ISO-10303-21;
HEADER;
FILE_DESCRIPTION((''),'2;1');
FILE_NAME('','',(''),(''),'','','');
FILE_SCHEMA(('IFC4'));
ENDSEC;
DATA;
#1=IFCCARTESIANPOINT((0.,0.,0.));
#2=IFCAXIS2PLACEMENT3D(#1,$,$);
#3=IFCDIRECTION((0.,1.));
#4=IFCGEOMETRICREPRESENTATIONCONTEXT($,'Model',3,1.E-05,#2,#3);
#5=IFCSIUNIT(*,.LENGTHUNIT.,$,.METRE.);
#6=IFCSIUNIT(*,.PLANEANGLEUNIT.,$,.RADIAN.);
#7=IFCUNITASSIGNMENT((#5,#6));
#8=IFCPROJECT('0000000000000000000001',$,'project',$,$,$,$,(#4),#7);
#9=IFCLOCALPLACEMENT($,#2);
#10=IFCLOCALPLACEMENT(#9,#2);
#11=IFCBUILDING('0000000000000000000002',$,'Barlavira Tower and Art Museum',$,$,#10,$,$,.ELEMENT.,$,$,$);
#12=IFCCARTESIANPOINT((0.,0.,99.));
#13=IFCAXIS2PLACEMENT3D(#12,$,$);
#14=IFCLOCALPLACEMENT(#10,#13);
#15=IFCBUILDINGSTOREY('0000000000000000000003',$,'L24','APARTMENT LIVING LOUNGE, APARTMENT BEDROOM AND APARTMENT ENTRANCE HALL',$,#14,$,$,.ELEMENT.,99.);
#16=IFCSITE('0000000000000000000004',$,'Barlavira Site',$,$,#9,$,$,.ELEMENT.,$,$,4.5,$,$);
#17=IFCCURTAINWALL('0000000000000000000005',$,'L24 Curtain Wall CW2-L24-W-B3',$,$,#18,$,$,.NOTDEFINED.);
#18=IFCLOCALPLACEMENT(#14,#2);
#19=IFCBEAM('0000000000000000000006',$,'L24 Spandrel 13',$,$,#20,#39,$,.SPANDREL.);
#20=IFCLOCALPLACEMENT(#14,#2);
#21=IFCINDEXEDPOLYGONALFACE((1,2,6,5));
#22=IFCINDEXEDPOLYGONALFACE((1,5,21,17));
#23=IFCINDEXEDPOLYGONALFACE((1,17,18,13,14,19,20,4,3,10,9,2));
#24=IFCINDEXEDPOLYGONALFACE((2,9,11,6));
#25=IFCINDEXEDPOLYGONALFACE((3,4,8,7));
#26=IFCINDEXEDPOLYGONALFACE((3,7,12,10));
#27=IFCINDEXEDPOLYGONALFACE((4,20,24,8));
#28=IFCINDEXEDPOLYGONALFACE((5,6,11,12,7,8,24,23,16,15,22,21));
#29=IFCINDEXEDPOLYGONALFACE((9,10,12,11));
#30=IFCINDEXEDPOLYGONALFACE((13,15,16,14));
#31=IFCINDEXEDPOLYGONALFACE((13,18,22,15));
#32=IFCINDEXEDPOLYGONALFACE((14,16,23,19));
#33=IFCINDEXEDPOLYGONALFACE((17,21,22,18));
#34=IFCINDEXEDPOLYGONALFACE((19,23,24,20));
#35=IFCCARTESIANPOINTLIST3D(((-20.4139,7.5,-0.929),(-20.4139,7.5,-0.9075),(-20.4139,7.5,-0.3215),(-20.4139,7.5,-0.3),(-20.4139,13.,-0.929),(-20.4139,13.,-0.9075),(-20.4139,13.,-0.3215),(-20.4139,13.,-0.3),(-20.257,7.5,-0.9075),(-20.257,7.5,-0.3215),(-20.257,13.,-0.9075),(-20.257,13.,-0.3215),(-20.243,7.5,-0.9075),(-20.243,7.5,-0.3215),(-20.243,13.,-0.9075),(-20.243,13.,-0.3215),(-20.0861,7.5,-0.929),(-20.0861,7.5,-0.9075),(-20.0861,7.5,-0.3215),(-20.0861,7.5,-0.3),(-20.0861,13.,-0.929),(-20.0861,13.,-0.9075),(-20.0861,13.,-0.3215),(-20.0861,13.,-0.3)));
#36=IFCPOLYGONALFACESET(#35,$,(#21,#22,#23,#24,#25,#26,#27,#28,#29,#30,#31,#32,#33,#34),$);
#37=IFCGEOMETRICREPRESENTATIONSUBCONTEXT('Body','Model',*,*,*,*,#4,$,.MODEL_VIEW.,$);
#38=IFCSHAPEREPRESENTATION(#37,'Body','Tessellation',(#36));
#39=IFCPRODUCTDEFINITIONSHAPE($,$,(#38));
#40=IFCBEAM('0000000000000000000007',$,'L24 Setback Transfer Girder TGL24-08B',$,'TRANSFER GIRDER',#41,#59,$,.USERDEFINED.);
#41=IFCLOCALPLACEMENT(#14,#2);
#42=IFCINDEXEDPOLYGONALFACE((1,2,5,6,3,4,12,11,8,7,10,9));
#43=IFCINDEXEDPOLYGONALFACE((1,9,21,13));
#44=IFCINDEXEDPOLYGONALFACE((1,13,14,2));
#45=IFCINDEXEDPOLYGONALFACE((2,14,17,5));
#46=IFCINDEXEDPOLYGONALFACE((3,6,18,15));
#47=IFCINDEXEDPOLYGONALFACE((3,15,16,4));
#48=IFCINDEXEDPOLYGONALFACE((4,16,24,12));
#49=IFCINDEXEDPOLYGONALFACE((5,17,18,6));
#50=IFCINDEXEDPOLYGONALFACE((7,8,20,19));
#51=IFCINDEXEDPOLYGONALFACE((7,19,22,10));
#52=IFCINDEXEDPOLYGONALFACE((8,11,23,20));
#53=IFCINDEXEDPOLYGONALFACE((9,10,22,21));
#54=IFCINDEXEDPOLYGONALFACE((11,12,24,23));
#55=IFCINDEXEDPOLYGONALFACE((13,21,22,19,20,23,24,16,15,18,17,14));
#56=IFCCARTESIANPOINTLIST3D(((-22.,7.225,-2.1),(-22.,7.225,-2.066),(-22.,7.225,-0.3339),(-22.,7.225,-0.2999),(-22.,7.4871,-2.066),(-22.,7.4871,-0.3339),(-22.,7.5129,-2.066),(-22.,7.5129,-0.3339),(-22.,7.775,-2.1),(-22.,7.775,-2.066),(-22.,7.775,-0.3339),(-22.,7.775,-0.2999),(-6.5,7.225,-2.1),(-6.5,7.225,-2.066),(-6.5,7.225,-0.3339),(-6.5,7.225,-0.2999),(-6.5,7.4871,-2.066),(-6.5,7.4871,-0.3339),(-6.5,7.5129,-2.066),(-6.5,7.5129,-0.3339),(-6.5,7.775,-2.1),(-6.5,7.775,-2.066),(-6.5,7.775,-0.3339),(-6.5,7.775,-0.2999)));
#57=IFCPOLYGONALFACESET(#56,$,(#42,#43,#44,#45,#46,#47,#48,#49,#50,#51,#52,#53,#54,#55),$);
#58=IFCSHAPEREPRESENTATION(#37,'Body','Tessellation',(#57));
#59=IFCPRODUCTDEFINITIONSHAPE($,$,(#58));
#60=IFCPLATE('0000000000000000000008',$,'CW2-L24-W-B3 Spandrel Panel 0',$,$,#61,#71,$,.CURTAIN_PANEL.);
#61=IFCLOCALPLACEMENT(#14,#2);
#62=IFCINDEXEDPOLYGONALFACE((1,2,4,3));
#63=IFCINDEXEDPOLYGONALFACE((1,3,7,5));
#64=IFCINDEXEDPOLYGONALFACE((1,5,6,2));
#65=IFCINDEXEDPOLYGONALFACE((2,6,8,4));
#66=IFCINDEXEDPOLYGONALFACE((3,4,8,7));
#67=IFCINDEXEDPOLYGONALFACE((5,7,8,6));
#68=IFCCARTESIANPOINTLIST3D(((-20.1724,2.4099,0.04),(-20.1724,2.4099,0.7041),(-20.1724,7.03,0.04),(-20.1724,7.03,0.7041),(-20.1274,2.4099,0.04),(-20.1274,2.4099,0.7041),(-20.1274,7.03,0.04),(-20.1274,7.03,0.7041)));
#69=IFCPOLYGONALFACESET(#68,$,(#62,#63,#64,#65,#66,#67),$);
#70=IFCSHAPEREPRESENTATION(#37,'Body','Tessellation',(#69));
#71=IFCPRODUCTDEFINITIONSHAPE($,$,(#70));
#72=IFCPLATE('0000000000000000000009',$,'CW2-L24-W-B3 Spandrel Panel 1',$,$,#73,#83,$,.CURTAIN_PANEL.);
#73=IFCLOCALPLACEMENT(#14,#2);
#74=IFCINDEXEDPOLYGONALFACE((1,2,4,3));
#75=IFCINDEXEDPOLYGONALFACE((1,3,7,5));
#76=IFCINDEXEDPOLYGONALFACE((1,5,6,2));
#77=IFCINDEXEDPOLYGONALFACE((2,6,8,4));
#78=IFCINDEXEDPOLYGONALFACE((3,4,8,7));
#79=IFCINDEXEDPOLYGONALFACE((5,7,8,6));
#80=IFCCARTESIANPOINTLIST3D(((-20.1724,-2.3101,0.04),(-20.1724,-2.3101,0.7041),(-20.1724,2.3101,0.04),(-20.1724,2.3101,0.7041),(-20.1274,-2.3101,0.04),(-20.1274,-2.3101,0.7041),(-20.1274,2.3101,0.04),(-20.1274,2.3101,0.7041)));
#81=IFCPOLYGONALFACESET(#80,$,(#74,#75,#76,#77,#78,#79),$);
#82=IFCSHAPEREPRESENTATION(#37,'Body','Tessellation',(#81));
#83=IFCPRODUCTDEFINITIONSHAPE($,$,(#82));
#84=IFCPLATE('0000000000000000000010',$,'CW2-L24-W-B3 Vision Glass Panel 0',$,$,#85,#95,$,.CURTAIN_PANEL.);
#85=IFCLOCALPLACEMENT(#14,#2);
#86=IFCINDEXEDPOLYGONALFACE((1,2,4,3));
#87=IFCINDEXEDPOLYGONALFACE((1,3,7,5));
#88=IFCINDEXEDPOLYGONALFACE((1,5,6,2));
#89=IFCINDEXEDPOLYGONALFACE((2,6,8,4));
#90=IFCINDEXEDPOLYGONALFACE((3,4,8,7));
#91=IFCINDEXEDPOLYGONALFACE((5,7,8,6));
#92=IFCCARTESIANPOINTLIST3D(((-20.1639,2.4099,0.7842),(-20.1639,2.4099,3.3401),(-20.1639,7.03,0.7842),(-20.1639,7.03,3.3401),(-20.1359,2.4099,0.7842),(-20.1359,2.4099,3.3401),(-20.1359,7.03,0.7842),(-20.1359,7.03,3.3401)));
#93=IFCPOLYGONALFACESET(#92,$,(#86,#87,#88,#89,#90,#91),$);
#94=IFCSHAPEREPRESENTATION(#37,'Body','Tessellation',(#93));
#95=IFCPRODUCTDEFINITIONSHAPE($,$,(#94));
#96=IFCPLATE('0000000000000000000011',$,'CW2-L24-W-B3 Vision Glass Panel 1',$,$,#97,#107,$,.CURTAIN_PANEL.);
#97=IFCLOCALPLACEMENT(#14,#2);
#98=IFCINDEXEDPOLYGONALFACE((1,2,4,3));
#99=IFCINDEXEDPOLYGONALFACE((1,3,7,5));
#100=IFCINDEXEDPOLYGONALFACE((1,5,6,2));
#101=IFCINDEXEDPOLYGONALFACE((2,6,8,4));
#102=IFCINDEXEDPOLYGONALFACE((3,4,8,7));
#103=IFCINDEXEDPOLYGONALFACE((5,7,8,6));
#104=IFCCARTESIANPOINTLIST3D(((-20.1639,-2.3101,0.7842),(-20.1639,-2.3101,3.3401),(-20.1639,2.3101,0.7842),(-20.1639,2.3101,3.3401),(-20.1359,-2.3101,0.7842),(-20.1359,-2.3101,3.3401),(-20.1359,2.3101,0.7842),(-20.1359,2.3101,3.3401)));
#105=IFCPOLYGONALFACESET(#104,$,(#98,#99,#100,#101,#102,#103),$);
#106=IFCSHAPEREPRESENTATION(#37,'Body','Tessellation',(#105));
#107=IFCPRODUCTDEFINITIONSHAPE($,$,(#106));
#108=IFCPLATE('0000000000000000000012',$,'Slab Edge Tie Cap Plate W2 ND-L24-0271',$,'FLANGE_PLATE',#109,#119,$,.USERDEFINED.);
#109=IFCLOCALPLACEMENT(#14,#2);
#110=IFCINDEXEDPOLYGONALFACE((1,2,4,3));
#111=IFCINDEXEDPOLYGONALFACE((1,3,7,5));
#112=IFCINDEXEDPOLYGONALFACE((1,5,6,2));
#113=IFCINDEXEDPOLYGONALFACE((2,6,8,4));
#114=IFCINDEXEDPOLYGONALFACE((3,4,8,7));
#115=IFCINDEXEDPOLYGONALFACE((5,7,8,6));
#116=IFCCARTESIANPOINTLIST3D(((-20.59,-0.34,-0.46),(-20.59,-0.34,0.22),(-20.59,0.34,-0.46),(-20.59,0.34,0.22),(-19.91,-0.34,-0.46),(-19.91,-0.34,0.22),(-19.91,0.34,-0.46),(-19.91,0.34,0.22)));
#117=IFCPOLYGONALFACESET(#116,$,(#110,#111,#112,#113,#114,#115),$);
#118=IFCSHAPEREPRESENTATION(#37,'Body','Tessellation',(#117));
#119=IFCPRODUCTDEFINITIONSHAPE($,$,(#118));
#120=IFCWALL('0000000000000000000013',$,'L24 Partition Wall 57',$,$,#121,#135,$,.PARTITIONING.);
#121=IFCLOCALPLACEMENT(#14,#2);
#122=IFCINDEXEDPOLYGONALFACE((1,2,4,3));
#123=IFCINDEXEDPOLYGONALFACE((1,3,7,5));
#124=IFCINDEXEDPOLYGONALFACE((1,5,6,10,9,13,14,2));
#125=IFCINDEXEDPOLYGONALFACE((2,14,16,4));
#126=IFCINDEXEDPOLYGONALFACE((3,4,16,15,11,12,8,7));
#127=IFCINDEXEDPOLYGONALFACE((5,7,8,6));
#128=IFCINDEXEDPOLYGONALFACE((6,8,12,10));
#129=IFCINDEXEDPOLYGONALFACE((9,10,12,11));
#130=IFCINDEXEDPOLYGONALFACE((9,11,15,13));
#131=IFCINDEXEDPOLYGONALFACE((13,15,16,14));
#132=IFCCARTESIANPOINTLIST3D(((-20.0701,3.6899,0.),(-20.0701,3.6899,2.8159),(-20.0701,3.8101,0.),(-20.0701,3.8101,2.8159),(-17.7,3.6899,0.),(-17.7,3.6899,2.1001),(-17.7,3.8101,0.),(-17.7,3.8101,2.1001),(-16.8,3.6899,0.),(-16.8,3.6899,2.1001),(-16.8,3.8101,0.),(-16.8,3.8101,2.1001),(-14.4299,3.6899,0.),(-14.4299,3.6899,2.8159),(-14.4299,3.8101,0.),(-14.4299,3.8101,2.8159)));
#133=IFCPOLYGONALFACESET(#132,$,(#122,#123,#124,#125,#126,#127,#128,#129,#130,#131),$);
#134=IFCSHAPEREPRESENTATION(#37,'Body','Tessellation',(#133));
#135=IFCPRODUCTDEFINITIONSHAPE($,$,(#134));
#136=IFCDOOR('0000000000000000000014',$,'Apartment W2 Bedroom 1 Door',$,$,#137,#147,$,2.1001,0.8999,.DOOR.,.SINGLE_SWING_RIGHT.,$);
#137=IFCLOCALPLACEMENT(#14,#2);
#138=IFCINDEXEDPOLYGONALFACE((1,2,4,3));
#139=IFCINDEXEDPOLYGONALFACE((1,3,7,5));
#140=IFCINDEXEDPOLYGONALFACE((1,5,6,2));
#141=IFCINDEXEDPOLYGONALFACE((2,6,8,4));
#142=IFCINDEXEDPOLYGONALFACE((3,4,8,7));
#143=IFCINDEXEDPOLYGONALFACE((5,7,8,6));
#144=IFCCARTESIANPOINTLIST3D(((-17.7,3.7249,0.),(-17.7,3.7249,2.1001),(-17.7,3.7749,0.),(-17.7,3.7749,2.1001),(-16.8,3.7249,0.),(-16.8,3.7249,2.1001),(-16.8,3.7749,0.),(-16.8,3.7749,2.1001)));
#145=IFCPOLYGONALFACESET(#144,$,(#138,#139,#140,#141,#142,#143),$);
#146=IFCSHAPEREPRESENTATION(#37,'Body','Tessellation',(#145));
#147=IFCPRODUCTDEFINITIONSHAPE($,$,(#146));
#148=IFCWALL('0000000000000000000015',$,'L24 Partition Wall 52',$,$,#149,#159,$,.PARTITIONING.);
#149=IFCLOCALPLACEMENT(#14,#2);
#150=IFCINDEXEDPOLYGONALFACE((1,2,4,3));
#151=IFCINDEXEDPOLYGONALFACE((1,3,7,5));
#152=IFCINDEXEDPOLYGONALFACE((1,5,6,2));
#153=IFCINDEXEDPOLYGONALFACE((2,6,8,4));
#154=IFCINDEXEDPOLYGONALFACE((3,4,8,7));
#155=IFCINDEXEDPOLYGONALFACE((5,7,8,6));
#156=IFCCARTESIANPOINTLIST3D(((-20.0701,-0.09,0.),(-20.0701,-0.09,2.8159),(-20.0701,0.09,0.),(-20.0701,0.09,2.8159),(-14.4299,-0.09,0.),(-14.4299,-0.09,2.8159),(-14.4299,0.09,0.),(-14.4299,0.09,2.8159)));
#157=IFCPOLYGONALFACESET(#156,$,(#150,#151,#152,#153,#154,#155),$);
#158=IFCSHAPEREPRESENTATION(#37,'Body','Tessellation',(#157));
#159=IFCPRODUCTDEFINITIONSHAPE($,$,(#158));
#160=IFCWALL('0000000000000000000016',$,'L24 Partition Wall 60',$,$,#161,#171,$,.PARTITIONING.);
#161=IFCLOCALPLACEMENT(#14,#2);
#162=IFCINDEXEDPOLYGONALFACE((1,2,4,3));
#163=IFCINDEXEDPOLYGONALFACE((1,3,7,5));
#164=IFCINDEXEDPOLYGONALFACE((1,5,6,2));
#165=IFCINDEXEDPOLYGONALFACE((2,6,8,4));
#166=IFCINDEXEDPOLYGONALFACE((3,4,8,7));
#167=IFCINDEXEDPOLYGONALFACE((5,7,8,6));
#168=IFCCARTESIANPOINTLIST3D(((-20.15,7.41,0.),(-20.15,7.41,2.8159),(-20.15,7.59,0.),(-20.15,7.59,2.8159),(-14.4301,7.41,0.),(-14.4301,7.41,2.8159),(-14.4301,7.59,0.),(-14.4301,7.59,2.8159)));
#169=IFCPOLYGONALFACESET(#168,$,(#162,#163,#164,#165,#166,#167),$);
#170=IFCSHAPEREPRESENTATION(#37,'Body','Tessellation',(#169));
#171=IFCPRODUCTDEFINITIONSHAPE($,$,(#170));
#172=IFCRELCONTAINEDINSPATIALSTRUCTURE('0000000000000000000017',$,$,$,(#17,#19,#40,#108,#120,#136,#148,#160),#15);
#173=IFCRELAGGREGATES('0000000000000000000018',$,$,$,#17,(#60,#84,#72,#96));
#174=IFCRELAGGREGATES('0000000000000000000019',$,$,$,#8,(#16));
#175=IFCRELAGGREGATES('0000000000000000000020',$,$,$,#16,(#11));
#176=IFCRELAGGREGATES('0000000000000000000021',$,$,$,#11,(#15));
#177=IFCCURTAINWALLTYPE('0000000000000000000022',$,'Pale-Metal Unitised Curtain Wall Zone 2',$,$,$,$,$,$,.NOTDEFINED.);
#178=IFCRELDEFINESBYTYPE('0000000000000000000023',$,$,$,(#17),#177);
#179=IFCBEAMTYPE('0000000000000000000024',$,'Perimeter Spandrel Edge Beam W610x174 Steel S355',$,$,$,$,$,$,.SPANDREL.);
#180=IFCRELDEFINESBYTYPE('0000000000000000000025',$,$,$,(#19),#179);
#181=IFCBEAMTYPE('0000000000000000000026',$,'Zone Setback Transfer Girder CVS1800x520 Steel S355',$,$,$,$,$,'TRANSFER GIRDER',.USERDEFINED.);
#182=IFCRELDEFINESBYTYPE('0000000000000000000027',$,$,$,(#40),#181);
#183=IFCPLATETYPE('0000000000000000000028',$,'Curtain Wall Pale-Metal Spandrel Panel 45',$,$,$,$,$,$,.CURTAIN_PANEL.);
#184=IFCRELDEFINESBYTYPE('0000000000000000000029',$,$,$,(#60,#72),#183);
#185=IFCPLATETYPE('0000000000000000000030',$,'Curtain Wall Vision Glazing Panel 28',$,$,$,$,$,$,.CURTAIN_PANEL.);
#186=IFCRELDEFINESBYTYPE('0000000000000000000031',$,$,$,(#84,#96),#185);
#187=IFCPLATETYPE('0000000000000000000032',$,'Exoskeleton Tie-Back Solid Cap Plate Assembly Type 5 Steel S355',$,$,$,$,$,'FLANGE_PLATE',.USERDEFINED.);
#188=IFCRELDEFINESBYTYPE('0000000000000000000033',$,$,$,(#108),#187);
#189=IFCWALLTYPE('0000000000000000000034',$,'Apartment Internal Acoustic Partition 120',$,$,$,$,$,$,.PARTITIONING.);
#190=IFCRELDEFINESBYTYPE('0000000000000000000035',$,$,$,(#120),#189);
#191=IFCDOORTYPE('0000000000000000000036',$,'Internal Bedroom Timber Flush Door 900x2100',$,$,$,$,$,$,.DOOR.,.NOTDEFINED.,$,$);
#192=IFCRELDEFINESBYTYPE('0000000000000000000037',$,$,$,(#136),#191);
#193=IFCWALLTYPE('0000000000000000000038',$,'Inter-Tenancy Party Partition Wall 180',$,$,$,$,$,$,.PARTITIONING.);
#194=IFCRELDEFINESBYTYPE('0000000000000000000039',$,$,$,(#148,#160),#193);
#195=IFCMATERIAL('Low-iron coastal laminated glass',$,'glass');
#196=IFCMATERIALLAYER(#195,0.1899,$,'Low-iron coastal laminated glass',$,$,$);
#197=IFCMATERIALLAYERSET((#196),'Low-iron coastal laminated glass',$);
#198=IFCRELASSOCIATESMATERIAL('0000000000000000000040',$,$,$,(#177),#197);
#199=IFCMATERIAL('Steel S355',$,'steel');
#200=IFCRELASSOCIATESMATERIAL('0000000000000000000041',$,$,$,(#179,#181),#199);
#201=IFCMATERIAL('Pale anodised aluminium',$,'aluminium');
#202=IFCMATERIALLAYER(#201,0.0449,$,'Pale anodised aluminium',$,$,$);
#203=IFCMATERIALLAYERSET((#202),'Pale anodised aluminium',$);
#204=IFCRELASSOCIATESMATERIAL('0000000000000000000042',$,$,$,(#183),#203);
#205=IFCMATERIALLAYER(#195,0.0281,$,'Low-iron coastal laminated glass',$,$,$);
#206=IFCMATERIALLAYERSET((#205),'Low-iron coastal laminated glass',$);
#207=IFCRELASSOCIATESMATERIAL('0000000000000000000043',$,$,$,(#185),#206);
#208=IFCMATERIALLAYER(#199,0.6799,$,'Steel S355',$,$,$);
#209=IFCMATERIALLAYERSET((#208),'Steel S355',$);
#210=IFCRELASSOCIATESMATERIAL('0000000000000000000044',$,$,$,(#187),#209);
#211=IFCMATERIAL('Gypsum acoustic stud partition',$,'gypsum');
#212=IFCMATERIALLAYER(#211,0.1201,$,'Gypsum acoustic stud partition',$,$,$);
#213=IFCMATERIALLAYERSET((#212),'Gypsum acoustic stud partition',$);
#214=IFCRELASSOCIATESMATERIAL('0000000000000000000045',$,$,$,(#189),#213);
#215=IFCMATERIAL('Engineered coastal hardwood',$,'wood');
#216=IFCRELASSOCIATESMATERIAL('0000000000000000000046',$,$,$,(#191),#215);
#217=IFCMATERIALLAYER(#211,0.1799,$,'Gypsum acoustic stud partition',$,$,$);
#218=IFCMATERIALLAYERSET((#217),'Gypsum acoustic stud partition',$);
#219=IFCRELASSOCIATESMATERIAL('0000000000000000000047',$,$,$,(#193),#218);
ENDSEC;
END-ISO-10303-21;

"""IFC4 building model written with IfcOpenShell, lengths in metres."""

from ifc_helpers import new_model, si_unit, direction, frame, frame_2d, origin, origin_2d, place, context, subcontext, project, spatial, rectangle, i_section, extrude, material, layer, layer_set, material_profile, profile_set, type_object, element, fill, aggregate, save


model = new_model("IFC4")

# Units and contexts
model_context = context("Model", 3, precision=1e-05, world=origin(), true_north=direction((0.0, 1.0)))
body_context = subcontext(model_context, "Body", "Model", "MODEL_VIEW")
ifc_project = project(units=[si_unit("LENGTHUNIT", "METRE"), si_unit("PLANEANGLEUNIT", "RADIAN")], contexts=[model_context])

# Site, building, storey
site_placement = place(None, origin())
site = spatial("IfcSite", under=ifc_project, at=site_placement, Name="Barlavira Site", CompositionType="ELEMENT", RefElevation=4.5)
building_placement = place(site_placement, origin())
building = spatial("IfcBuilding", under=site, at=building_placement, Name="Barlavira Tower and Art Museum", CompositionType="ELEMENT")
storey_placement = place(building_placement, frame((0.0, 0.0, 99.0)))
storey = spatial("IfcBuildingStorey", under=building, at=storey_placement, Name="L24", Description="APARTMENT LIVING LOUNGE, APARTMENT BEDROOM AND APARTMENT ENTRANCE HALL", CompositionType="ELEMENT", Elevation=99.0)

# Curtain wall
ifc_material_1 = material(Name="Low-iron coastal laminated glass", Category="glass")
ifc_layer_1 = layer(ifc_material_1, 0.1899, Name="Low-iron coastal laminated glass")
ifc_layer_set_1 = layer_set([ifc_layer_1], Name="Low-iron coastal laminated glass")
curtain_wall_type = type_object("IfcCurtainWallType", Name="Pale-Metal Unitised Curtain Wall Zone 2", PredefinedType="NOTDEFINED", material=ifc_layer_set_1)
curtain_wall_placement = place(storey_placement, origin())
curtain_wall = element("IfcCurtainWall", 1, at=curtain_wall_placement, inside=storey, type_object=curtain_wall_type, Name="L24 Curtain Wall CW2-L24-W-B3", PredefinedType="NOTDEFINED")
ifc_material_2 = material(Name="Pale anodised aluminium", Category="aluminium")

# Shared definitions
ifc_material_3 = material(Name="Steel S355", Category="steel")

# Beams
ifc_material_profile_1 = material_profile(ifc_material_3, i_section(OverallWidth=0.3279, OverallDepth=0.6289, WebThickness=0.0139, FlangeThickness=0.0215, at=origin_2d()), Name="W610x174.0")
ifc_profile_set_1 = profile_set([ifc_material_profile_1], Name="Steel S355")
beam_type_1 = type_object("IfcBeamType", Name="Perimeter Spandrel Edge Beam W610x174 Steel S355", PredefinedType="SPANDREL", material=ifc_profile_set_1)
beam_1_placement = place(storey_placement, frame((-20.25, 7.5, -0.6145), z_axis=(0.0, 1.0, 0.0), x_axis=(-1.0, 0.0, 0.0)))
element("IfcBeam", 2, at=beam_1_placement, inside=storey, type_object=beam_type_1, Name="L24 Spandrel 13", PredefinedType="SPANDREL", context=body_context, shape_type="SweptSolid", body=[
    extrude(i_section(OverallWidth=0.3279, OverallDepth=0.6289, WebThickness=0.0139, FlangeThickness=0.0215, at=origin_2d()), origin(), (0.0, 0.0, 1.0), 5.5),
])
ifc_material_profile_2 = material_profile(ifc_material_3, i_section(OverallWidth=0.55, OverallDepth=1.8, WebThickness=0.0259, FlangeThickness=0.0339, at=origin_2d()), Name="CVS1800x520")
ifc_profile_set_2 = profile_set([ifc_material_profile_2], Name="Steel S355")
beam_type_2 = type_object("IfcBeamType", Name="Zone Setback Transfer Girder CVS1800x520 Steel S355", ElementType="TRANSFER GIRDER", PredefinedType="USERDEFINED", material=ifc_profile_set_2)
beam_2_placement = place(storey_placement, frame((-22.0, 7.5, -1.2), z_axis=(1.0, 0.0, 0.0), x_axis=(0.0, 1.0, 0.0)))
element("IfcBeam", 3, at=beam_2_placement, inside=storey, type_object=beam_type_2, Name="L24 Setback Transfer Girder TGL24-08B", ObjectType="TRANSFER GIRDER", PredefinedType="USERDEFINED", context=body_context, shape_type="SweptSolid", body=[
    extrude(i_section(OverallWidth=0.55, OverallDepth=1.8, WebThickness=0.0259, FlangeThickness=0.0339, at=origin_2d()), origin(), (0.0, 0.0, 1.0), 15.5),
])

# Plates
ifc_layer_2 = layer(ifc_material_2, 0.0449, Name="Pale anodised aluminium")
ifc_layer_set_2 = layer_set([ifc_layer_2], Name="Pale anodised aluminium")
plate_type_1 = type_object("IfcPlateType", Name="Curtain Wall Pale-Metal Spandrel Panel 45", PredefinedType="CURTAIN_PANEL", material=ifc_layer_set_2)
plate_1_placement = place(storey_placement, frame((-20.1499, 4.72, 0.04), z_axis=(0.0, 0.0, 1.0), x_axis=(0.0, -1.0, 0.0)))
plate_1 = element("IfcPlate", 4, at=plate_1_placement, type_object=plate_type_1, Name="CW2-L24-W-B3 Spandrel Panel 0", PredefinedType="CURTAIN_PANEL", context=body_context, shape_type="SweptSolid", body=[
    extrude(rectangle(XDim=4.6201, YDim=0.0449, at=origin_2d()), origin(), (0.0, 0.0, 1.0), 0.6641),
])
plate_2_placement = place(storey_placement, frame((-20.1499, 0.0, 0.04), z_axis=(0.0, 0.0, 1.0), x_axis=(0.0, -1.0, 0.0)))
plate_2 = element("IfcPlate", 5, at=plate_2_placement, type_object=plate_type_1, Name="CW2-L24-W-B3 Spandrel Panel 1", PredefinedType="CURTAIN_PANEL", context=body_context, shape_type="SweptSolid", body=[
    extrude(rectangle(XDim=4.6201, YDim=0.0449, at=origin_2d()), origin(), (0.0, 0.0, 1.0), 0.6641),
])
ifc_layer_3 = layer(ifc_material_1, 0.0281, Name="Low-iron coastal laminated glass")
ifc_layer_set_3 = layer_set([ifc_layer_3], Name="Low-iron coastal laminated glass")
plate_type_2 = type_object("IfcPlateType", Name="Curtain Wall Vision Glazing Panel 28", PredefinedType="CURTAIN_PANEL", material=ifc_layer_set_3)
plate_3_placement = place(storey_placement, frame((-20.1499, 4.72, 0.7842), z_axis=(0.0, 0.0, 1.0), x_axis=(0.0, -1.0, 0.0)))
plate_3 = element("IfcPlate", 6, at=plate_3_placement, type_object=plate_type_2, Name="CW2-L24-W-B3 Vision Glass Panel 0", PredefinedType="CURTAIN_PANEL", context=body_context, shape_type="SweptSolid", body=[
    extrude(rectangle(XDim=4.6201, YDim=0.0281, at=origin_2d()), origin(), (0.0, 0.0, 1.0), 2.5559),
])
plate_4_placement = place(storey_placement, frame((-20.1499, 0.0, 0.7842), z_axis=(0.0, 0.0, 1.0), x_axis=(0.0, -1.0, 0.0)))
plate_4 = element("IfcPlate", 7, at=plate_4_placement, type_object=plate_type_2, Name="CW2-L24-W-B3 Vision Glass Panel 1", PredefinedType="CURTAIN_PANEL", context=body_context, shape_type="SweptSolid", body=[
    extrude(rectangle(XDim=4.6201, YDim=0.0281, at=origin_2d()), origin(), (0.0, 0.0, 1.0), 2.5559),
])
aggregate(curtain_wall, [plate_1, plate_3, plate_2, plate_4])
ifc_layer_4 = layer(ifc_material_3, 0.6799, Name="Steel S355")
ifc_layer_set_4 = layer_set([ifc_layer_4], Name="Steel S355")
plate_type_3 = type_object("IfcPlateType", Name="Exoskeleton Tie-Back Solid Cap Plate Assembly Type 5 Steel S355", ElementType="FLANGE_PLATE", PredefinedType="USERDEFINED", material=ifc_layer_set_4)
plate_5_placement = place(storey_placement, frame((-20.25, 0.0, -0.46), z_axis=(0.0, 0.0, 1.0), x_axis=(1.0, 0.0, 0.0)))
element("IfcPlate", 8, at=plate_5_placement, inside=storey, type_object=plate_type_3, Name="Slab Edge Tie Cap Plate W2 ND-L24-0271", ObjectType="FLANGE_PLATE", PredefinedType="USERDEFINED", context=body_context, shape_type="SweptSolid", body=[
    extrude(rectangle(XDim=0.6799, YDim=0.6799, at=origin_2d()), origin(), (0.0, 0.0, 1.0), 0.6799),
])

# Wall, opening, door
ifc_material_4 = material(Name="Gypsum acoustic stud partition", Category="gypsum")
ifc_layer_5 = layer(ifc_material_4, 0.1201, Name="Gypsum acoustic stud partition")
ifc_layer_set_5 = layer_set([ifc_layer_5], Name="Gypsum acoustic stud partition")
wall_type_1 = type_object("IfcWallType", Name="Apartment Internal Acoustic Partition 120", PredefinedType="PARTITIONING", material=ifc_layer_set_5)
wall_1_placement = place(storey_placement, frame((-20.0701, 3.75, 0.0), z_axis=(0.0, 0.0, 1.0), x_axis=(1.0, 0.0, 0.0)))
wall_1 = element("IfcWall", 9, at=wall_1_placement, inside=storey, type_object=wall_type_1, Name="L24 Partition Wall 57", PredefinedType="PARTITIONING", context=body_context, shape_type="SweptSolid", body=[
    extrude(rectangle(XDim=5.6401, YDim=0.1201, at=frame_2d((2.8201, 0.0))), origin(), (0.0, 0.0, 1.0), 2.8159),
])
opening_placement = place(wall_1_placement, frame((2.3701, 0.0, 0.0)))
opening = element("IfcOpeningElement", 10, at=opening_placement, cuts=wall_1, PredefinedType="OPENING", context=body_context, shape_type="SweptSolid", body=[
    extrude(rectangle(XDim=0.8999, YDim=2.1001, at=frame_2d((0.45, 1.05))), frame((0.0, 0.0701, 0.0), z_axis=(0.0, -1.0, 0.0), x_axis=(1.0, 0.0, 0.0)), (0.0, 0.0, 1.0), 0.1401),
])
ifc_material_5 = material(Name="Engineered coastal hardwood", Category="wood")
door_type = type_object("IfcDoorType", Name="Internal Bedroom Timber Flush Door 900x2100", OperationType="NOTDEFINED", PredefinedType="DOOR", material=ifc_material_5)
door_placement = place(opening_placement, origin())
door = element("IfcDoor", 11, at=door_placement, inside=storey, type_object=door_type, Name="Apartment W2 Bedroom 1 Door", OperationType="SINGLE_SWING_RIGHT", OverallHeight=2.1001, OverallWidth=0.8999, PredefinedType="DOOR", context=body_context, shape_type="SweptSolid", body=[
    extrude(rectangle(XDim=0.8999, YDim=2.1001, at=frame_2d((0.45, 1.05))), frame((0.0, 0.0249, 0.0), z_axis=(0.0, -1.0, 0.0), x_axis=(1.0, 0.0, 0.0)), (0.0, 0.0, 1.0), 0.05),
])
fill(opening, door)

# Walls
ifc_layer_6 = layer(ifc_material_4, 0.1799, Name="Gypsum acoustic stud partition")
ifc_layer_set_6 = layer_set([ifc_layer_6], Name="Gypsum acoustic stud partition")
wall_type_2 = type_object("IfcWallType", Name="Inter-Tenancy Party Partition Wall 180", PredefinedType="PARTITIONING", material=ifc_layer_set_6)
wall_2_placement = place(storey_placement, frame((-20.0701, 0.0, 0.0), z_axis=(0.0, 0.0, 1.0), x_axis=(1.0, 0.0, 0.0)))
element("IfcWall", 12, at=wall_2_placement, inside=storey, type_object=wall_type_2, Name="L24 Partition Wall 52", PredefinedType="PARTITIONING", context=body_context, shape_type="SweptSolid", body=[
    extrude(rectangle(XDim=5.6401, YDim=0.1799, at=frame_2d((2.8201, 0.0))), origin(), (0.0, 0.0, 1.0), 2.8159),
])
wall_3_placement = place(storey_placement, frame((-20.1499, 7.5, 0.0), z_axis=(0.0, 0.0, 1.0), x_axis=(1.0, 0.0, 0.0)))
element("IfcWall", 13, at=wall_3_placement, inside=storey, type_object=wall_type_2, Name="L24 Partition Wall 60", PredefinedType="PARTITIONING", context=body_context, shape_type="SweptSolid", body=[
    extrude(rectangle(XDim=5.72, YDim=0.1799, at=frame_2d((2.8599, 0.0))), origin(), (0.0, 0.0, 1.0), 2.8159),
])

save(model, "model.ifc")
